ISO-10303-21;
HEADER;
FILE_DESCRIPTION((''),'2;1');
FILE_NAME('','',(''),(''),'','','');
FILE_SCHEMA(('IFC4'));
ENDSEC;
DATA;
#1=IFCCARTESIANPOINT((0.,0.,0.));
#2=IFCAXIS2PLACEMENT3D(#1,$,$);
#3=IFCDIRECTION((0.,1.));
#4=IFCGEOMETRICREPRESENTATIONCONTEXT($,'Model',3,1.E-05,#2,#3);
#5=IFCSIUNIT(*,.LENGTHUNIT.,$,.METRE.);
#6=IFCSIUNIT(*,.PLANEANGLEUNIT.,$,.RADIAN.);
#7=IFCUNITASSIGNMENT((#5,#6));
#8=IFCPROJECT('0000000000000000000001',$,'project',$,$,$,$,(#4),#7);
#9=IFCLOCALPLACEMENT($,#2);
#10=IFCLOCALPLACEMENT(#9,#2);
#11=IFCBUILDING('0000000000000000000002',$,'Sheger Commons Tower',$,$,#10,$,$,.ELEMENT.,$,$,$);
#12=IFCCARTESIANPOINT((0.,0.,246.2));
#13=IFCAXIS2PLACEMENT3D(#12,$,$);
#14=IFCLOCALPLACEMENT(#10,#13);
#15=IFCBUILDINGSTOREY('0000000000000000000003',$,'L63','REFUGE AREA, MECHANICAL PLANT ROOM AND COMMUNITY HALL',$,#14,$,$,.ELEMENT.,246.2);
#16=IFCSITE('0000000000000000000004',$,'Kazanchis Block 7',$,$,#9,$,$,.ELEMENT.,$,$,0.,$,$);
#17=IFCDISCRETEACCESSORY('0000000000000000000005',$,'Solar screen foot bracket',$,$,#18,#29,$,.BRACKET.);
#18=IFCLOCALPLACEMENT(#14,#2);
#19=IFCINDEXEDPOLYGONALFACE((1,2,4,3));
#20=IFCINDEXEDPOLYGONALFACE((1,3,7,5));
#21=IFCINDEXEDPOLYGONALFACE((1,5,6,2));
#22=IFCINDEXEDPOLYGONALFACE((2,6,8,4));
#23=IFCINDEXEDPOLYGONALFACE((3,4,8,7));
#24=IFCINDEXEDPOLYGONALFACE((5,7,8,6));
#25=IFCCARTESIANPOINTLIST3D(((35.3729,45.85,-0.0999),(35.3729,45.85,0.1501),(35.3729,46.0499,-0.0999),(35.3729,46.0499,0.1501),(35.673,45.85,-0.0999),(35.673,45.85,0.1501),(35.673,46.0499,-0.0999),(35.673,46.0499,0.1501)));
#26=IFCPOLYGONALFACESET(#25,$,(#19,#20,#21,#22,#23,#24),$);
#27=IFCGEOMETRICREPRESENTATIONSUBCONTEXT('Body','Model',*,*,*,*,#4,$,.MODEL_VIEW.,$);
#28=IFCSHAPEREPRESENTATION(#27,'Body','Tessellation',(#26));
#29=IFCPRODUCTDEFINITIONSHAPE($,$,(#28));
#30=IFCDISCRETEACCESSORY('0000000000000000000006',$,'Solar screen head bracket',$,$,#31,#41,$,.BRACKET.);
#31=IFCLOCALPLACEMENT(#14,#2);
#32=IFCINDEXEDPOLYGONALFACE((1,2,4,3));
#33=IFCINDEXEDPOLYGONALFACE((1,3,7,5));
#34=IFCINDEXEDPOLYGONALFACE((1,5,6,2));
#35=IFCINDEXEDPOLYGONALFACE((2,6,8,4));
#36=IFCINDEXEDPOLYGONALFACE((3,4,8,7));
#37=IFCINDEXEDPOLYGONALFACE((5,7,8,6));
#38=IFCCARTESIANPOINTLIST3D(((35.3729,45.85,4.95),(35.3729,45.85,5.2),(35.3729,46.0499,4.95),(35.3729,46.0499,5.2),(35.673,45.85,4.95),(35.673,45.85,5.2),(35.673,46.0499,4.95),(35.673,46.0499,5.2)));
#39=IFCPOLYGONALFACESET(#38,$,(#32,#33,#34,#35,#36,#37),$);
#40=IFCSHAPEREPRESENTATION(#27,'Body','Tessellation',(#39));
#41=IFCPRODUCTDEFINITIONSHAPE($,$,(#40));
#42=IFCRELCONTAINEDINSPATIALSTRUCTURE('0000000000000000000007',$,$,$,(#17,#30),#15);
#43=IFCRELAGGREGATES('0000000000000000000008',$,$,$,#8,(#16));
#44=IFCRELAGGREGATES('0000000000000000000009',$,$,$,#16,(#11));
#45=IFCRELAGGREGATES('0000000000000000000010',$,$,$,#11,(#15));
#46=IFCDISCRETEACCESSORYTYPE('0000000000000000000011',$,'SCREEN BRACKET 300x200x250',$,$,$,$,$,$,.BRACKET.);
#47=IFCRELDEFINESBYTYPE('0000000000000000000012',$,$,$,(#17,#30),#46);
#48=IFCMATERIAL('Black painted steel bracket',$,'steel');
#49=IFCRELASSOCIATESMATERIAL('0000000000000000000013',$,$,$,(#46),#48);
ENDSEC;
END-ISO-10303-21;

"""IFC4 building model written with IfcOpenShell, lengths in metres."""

from ifc_helpers import new_model, si_unit, direction, frame, origin, origin_2d, place, context, subcontext, project, spatial, rectangle, extrude, material, type_object, element, save


model = new_model("IFC4")

# Units and contexts
model_context = context("Model", 3, precision=1e-05, world=origin(), true_north=direction((0.0, 1.0)))
body_context = subcontext(model_context, "Body", "Model", "MODEL_VIEW")
ifc_project = project(units=[si_unit("LENGTHUNIT", "METRE"), si_unit("PLANEANGLEUNIT", "RADIAN")], contexts=[model_context])

# Site, building, storey
site_placement = place(None, origin())
site = spatial("IfcSite", under=ifc_project, at=site_placement, Name="Kazanchis Block 7", CompositionType="ELEMENT", RefElevation=0.0)
building_placement = place(site_placement, origin())
building = spatial("IfcBuilding", under=site, at=building_placement, Name="Sheger Commons Tower", CompositionType="ELEMENT")
storey_placement = place(building_placement, frame((0.0, 0.0, 246.2)))
storey = spatial("IfcBuildingStorey", under=building, at=storey_placement, Name="L63", Description="REFUGE AREA, MECHANICAL PLANT ROOM AND COMMUNITY HALL", CompositionType="ELEMENT", Elevation=246.2)

# Discrete accessories
ifc_material_1 = material(Name="Black painted steel bracket", Category="steel")
discrete_accessory_type = type_object("IfcDiscreteAccessoryType", Name="SCREEN BRACKET 300x200x250", PredefinedType="BRACKET", material=ifc_material_1)
for number, where, z_axis, x_axis, name in (
    (1, (35.5229, 45.95, -0.0999), (0.0, 0.0, 1.0), (-1.0, 0.0, 0.0), "Solar screen foot bracket"),
    (2, (35.5229, 45.95, 4.95), (0.0, 0.0, 1.0), (-1.0, 0.0, 0.0), "Solar screen head bracket"),
):
    element("IfcDiscreteAccessory", number, at=place(storey_placement, frame(where, z_axis=z_axis, x_axis=x_axis)), inside=storey, type_object=discrete_accessory_type, Name=name, PredefinedType="BRACKET", context=body_context, shape_type="SweptSolid", body=[
        extrude(rectangle(XDim=0.3, YDim=0.2, at=origin_2d()), origin(), (0.0, 0.0, 1.0), 0.25),
    ])

save(model, "model.ifc")
